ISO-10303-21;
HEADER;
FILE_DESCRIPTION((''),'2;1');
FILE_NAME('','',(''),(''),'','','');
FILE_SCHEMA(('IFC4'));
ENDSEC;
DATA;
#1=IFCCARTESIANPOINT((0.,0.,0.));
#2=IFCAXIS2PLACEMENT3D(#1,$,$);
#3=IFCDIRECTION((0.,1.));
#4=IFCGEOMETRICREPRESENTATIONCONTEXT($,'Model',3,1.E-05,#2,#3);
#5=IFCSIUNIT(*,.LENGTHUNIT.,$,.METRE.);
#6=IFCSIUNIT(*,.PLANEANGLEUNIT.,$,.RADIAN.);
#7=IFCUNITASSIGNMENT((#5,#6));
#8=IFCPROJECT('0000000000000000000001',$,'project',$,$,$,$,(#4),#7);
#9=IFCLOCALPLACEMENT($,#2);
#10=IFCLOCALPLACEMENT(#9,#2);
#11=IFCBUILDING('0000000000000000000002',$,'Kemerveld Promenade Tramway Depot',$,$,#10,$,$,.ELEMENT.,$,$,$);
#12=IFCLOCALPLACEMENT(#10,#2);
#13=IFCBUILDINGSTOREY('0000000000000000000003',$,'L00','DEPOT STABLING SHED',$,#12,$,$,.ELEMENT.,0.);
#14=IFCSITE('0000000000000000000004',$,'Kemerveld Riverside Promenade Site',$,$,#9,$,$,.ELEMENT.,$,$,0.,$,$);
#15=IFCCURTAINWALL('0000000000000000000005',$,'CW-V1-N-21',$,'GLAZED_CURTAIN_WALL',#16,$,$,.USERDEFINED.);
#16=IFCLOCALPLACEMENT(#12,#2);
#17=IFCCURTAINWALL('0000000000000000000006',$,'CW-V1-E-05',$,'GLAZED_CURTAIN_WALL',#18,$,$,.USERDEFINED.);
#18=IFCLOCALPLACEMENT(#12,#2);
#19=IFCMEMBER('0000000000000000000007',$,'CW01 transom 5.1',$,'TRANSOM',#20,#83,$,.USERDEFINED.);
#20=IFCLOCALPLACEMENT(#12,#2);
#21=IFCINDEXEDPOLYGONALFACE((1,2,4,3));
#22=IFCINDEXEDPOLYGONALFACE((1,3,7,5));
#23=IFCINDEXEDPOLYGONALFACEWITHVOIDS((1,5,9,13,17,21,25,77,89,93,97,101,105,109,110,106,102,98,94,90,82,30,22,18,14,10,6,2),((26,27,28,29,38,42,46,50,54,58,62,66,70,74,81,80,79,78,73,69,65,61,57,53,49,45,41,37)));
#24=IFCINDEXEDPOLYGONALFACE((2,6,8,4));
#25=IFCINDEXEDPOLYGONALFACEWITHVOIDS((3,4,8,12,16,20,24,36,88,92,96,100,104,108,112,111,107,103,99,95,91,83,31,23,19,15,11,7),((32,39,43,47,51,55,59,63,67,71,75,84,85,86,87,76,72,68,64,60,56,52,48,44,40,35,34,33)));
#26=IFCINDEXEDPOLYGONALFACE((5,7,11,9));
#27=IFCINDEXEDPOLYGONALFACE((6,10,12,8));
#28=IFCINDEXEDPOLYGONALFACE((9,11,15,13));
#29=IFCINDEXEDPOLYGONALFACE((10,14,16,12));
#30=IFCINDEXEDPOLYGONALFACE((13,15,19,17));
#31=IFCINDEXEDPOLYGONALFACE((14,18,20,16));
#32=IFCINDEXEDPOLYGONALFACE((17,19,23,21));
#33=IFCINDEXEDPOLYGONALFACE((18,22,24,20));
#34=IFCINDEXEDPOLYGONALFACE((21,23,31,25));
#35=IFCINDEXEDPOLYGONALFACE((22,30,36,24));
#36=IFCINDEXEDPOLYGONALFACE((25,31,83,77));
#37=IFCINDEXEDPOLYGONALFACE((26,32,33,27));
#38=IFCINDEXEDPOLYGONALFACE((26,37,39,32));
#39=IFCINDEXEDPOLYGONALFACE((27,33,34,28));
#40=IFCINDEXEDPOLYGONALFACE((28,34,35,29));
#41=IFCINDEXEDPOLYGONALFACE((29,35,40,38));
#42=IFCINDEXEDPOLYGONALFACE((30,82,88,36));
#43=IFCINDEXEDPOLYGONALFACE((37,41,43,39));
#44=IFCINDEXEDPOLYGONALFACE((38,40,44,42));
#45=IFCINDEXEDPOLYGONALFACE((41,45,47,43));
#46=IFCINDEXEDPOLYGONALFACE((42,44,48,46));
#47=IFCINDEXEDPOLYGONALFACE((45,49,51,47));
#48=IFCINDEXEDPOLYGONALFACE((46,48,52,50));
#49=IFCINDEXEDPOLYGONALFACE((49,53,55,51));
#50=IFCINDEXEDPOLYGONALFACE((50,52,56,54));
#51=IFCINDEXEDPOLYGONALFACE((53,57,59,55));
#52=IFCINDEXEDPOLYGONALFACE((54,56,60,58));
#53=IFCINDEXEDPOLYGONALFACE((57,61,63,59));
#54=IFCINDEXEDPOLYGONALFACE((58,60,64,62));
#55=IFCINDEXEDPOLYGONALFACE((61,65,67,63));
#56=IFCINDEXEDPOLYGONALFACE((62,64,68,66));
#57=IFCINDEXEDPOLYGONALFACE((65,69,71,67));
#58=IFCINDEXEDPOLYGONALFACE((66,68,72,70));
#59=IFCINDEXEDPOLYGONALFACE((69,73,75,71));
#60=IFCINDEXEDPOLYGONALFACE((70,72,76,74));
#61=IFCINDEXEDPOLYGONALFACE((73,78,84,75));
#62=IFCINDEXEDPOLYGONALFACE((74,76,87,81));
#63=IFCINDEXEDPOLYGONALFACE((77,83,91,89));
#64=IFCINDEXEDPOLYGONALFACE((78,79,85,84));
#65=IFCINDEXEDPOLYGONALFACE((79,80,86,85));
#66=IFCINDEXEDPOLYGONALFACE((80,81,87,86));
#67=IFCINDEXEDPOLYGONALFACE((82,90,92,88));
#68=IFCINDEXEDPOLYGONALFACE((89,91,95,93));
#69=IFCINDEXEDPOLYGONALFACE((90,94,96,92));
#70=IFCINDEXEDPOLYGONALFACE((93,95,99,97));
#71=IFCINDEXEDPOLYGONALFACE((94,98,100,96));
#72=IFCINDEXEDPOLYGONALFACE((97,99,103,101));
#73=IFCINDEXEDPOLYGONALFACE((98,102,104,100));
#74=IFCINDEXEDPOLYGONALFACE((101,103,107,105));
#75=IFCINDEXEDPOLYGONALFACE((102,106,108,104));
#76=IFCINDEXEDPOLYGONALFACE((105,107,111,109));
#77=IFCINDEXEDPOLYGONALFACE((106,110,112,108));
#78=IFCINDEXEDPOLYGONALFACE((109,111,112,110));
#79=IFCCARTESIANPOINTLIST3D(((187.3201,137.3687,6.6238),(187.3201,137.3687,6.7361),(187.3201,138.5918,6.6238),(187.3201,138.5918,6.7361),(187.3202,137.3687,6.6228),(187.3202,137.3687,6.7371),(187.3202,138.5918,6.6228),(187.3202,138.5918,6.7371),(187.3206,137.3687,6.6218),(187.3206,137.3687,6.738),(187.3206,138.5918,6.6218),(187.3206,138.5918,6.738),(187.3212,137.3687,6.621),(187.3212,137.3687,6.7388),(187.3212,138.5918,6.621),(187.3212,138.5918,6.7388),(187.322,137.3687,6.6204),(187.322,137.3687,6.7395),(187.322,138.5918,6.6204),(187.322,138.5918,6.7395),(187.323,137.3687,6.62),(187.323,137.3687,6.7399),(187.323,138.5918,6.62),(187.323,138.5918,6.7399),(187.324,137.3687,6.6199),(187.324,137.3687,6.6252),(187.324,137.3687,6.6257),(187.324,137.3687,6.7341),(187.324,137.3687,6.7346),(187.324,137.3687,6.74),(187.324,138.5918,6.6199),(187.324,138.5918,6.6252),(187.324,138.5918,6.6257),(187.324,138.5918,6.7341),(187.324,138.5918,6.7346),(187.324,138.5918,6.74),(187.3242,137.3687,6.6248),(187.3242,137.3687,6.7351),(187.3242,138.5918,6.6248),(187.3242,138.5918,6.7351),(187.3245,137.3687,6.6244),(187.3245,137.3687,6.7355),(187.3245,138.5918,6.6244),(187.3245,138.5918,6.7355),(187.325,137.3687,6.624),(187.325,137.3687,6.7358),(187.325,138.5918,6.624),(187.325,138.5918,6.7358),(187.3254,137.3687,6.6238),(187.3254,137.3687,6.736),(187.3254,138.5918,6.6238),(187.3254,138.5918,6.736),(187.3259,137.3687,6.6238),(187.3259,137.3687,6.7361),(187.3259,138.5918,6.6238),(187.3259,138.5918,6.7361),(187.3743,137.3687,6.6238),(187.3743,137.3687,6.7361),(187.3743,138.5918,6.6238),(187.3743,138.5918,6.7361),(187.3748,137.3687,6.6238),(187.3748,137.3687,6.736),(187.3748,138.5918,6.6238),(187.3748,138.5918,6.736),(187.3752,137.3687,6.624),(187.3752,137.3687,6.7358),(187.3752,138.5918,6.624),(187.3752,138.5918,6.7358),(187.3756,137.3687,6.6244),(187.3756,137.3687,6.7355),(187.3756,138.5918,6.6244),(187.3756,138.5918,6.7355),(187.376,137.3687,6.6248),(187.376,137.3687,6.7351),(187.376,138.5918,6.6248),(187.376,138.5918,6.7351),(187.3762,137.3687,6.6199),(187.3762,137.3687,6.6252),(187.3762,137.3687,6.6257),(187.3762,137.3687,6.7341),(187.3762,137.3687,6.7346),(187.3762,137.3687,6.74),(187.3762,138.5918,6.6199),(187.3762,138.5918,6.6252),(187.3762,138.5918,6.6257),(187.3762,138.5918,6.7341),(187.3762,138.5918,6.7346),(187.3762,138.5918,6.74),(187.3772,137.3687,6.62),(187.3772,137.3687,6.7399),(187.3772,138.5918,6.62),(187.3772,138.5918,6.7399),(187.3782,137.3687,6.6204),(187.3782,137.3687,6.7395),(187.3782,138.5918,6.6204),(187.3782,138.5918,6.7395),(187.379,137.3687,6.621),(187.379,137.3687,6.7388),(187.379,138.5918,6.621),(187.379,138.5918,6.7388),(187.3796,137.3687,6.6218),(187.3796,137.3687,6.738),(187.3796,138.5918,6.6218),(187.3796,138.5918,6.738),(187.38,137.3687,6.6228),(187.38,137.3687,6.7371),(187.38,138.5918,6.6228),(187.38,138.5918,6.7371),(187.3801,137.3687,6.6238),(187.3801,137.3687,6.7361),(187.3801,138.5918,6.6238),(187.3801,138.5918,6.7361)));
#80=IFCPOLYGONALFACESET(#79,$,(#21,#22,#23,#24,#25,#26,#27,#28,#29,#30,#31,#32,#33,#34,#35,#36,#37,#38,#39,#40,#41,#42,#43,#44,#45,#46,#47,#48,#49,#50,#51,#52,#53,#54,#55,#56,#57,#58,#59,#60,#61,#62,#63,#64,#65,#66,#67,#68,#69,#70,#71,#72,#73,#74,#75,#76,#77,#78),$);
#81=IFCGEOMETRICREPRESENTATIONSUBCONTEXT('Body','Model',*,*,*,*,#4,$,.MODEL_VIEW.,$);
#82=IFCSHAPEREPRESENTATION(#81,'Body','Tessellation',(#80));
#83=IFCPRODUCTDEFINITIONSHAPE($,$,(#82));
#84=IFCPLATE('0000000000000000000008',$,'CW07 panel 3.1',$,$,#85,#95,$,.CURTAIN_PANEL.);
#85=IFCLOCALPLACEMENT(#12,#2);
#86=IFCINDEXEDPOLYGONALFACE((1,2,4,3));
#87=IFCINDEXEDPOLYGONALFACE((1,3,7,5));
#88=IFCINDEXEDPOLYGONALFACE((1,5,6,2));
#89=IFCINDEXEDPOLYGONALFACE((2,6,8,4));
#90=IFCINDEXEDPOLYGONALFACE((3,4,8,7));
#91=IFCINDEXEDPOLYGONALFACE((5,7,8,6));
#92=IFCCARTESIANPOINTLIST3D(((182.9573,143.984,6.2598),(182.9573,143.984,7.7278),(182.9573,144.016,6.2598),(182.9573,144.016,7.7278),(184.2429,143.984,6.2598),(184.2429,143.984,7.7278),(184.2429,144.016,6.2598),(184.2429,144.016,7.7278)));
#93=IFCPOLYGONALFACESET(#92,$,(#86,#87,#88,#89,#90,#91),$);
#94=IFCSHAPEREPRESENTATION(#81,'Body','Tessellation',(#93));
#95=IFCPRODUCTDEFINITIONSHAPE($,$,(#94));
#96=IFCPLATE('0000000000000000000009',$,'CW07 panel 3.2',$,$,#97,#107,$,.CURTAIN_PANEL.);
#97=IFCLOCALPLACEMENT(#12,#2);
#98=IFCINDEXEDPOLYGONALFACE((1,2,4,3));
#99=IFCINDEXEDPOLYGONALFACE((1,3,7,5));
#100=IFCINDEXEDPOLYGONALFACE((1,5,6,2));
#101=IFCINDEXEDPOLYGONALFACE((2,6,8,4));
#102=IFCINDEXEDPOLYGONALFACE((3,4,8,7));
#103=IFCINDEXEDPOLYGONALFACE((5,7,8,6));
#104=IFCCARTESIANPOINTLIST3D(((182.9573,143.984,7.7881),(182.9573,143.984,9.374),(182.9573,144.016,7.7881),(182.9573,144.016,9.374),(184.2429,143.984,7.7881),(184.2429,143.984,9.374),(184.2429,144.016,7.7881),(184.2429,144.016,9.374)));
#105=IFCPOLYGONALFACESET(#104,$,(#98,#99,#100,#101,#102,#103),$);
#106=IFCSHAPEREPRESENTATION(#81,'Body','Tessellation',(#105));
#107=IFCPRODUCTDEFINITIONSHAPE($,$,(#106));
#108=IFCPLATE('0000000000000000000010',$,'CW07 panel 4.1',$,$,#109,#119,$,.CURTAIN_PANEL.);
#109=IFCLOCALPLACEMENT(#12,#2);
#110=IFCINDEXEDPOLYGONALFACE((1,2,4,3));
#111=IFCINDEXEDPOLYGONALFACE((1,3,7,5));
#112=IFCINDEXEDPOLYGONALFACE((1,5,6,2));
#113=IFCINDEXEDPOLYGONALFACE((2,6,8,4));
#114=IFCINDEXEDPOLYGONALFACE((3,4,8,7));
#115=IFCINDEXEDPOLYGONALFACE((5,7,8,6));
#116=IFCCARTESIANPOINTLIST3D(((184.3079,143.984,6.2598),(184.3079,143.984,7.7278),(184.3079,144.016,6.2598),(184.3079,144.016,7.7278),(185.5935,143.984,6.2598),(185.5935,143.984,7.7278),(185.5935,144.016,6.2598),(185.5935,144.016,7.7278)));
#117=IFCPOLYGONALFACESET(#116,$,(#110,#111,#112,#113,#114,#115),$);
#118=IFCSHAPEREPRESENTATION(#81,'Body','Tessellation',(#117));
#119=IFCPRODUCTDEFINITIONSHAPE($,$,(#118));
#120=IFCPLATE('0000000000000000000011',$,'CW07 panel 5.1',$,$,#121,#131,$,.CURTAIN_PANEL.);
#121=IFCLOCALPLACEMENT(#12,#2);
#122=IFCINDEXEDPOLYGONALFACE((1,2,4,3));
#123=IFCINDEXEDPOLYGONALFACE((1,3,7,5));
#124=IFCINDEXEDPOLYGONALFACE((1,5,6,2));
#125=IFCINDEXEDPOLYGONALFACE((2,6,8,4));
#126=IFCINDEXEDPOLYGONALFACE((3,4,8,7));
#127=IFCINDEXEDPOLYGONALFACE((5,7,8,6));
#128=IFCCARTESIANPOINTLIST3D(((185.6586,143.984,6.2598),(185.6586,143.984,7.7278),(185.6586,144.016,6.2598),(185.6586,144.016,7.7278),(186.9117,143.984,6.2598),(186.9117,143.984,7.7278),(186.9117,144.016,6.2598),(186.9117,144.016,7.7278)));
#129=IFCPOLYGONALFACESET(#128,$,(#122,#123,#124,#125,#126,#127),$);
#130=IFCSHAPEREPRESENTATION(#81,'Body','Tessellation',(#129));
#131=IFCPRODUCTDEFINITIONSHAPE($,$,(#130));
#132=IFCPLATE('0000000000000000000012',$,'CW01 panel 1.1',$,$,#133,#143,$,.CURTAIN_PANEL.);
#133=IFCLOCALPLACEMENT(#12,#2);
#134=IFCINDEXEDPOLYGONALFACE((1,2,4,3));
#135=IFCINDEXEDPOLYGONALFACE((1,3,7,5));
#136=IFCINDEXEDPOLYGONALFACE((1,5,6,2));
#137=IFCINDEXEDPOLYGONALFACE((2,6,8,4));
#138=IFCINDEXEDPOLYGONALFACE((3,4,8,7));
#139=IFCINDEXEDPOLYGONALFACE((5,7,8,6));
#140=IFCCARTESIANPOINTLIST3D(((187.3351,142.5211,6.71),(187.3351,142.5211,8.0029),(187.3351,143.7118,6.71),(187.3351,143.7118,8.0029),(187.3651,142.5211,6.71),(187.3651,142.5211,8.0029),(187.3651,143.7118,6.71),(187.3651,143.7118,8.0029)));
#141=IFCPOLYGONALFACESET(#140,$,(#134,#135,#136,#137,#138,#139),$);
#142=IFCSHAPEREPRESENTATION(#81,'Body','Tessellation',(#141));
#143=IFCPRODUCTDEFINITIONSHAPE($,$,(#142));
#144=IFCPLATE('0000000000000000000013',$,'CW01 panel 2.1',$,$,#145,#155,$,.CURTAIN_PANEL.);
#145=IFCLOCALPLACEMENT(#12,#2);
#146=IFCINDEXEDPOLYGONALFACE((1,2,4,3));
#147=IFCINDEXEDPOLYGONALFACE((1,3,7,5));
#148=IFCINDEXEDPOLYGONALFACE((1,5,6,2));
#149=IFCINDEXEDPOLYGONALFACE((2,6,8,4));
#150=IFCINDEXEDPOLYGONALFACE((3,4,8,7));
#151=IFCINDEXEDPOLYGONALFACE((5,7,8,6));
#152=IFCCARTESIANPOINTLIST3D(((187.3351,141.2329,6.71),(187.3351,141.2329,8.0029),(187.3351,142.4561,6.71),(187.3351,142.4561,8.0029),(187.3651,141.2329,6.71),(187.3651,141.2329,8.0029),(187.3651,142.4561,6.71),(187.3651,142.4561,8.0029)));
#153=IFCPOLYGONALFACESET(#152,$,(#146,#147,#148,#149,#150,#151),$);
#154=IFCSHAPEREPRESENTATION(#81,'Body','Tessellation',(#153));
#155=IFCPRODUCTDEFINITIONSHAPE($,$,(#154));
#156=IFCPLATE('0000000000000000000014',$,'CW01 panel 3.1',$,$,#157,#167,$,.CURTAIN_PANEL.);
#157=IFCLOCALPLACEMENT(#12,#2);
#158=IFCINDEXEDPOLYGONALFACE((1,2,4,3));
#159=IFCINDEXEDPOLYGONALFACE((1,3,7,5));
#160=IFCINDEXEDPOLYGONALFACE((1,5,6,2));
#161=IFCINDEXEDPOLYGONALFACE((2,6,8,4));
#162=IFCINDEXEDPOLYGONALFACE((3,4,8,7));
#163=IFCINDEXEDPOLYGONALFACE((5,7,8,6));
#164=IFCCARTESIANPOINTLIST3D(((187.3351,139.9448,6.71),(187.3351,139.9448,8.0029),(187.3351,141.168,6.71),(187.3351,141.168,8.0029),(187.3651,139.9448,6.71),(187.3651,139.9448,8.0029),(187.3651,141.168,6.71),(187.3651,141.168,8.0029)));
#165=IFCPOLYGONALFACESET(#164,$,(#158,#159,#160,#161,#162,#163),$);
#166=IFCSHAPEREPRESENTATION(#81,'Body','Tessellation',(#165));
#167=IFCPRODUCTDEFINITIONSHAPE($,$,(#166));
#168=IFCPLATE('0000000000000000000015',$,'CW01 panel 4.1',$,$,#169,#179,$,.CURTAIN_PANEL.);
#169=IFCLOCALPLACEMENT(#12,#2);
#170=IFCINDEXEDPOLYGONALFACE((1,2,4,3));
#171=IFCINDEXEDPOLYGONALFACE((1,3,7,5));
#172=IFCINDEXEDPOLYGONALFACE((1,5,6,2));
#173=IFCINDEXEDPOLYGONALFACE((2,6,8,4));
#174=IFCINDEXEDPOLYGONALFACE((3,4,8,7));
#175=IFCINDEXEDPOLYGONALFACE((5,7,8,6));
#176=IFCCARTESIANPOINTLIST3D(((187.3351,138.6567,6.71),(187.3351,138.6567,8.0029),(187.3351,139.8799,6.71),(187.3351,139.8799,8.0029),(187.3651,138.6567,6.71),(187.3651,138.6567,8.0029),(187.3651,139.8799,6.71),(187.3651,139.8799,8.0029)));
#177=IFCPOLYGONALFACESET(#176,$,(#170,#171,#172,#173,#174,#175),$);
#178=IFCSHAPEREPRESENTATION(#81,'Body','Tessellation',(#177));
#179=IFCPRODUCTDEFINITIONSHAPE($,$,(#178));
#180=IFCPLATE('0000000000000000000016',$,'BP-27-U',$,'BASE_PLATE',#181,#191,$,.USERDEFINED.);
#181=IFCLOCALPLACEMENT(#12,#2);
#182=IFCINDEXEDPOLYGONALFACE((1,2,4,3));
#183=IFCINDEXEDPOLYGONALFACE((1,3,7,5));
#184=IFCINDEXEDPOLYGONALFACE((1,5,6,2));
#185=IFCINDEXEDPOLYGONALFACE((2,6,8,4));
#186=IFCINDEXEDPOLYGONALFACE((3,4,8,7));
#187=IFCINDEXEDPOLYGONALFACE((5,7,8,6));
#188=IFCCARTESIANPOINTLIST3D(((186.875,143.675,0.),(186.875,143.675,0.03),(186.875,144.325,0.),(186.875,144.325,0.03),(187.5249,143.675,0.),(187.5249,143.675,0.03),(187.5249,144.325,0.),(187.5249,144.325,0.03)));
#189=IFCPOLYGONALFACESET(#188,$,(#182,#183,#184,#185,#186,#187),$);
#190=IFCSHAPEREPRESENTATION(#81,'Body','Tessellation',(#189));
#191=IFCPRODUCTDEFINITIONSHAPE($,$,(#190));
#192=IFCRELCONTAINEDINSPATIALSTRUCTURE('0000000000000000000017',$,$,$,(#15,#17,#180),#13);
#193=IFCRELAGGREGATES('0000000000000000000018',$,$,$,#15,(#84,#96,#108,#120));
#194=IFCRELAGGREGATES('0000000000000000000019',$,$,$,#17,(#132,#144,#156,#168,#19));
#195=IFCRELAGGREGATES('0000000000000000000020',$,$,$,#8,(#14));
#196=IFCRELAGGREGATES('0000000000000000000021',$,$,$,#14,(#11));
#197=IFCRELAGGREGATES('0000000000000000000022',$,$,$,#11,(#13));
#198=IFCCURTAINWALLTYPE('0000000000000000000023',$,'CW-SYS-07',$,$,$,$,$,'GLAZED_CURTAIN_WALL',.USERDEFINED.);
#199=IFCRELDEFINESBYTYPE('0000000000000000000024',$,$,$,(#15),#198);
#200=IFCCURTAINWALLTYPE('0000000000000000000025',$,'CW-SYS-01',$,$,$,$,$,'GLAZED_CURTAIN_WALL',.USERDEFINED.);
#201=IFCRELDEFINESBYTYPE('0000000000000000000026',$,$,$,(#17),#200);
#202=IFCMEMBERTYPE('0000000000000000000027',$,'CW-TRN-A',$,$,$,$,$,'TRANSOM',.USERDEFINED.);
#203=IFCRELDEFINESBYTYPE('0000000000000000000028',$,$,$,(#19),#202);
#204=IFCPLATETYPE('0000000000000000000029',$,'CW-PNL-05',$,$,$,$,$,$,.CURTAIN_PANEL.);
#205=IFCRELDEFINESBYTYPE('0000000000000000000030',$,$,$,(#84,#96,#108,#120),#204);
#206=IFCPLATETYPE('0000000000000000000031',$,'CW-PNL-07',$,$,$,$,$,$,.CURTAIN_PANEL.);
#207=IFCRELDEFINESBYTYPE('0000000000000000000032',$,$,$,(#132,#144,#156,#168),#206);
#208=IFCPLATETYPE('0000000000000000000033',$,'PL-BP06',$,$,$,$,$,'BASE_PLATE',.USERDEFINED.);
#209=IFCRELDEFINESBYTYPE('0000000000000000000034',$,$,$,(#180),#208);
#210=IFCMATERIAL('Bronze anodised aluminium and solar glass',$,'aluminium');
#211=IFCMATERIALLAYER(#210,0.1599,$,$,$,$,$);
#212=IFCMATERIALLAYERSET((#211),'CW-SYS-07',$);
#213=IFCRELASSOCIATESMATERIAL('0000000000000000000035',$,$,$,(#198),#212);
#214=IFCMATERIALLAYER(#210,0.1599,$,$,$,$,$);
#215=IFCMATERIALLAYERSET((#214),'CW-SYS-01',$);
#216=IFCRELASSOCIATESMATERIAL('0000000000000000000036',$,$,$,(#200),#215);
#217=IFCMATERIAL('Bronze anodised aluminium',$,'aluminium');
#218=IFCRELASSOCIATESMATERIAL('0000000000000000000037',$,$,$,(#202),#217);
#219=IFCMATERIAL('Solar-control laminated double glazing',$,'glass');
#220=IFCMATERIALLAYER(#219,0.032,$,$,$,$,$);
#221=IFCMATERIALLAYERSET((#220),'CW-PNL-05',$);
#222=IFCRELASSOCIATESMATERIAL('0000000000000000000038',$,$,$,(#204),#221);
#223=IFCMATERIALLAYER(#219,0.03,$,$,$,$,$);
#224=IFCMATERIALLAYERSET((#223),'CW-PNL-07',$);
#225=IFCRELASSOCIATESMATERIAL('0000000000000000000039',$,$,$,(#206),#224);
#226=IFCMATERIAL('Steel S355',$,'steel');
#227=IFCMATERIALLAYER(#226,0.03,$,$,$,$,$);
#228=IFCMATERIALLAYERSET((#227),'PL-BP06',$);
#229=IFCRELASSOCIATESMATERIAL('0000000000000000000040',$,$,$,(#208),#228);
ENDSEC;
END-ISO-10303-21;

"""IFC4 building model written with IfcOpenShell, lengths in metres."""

from ifc_helpers import new_model, si_unit, direction, frame, origin, origin_2d, place, context, subcontext, project, spatial, rectangle, hollow_rectangle, extrude, material, layer, layer_set, material_profile, profile_set, type_object, element, aggregate, save


model = new_model("IFC4")

# Units and contexts
model_context = context("Model", 3, precision=1e-05, world=origin(), true_north=direction((0.0, 1.0)))
body_context = subcontext(model_context, "Body", "Model", "MODEL_VIEW")
ifc_project = project(units=[si_unit("LENGTHUNIT", "METRE"), si_unit("PLANEANGLEUNIT", "RADIAN")], contexts=[model_context])

# Site, building, storey
site_placement = place(None, origin())
site = spatial("IfcSite", under=ifc_project, at=site_placement, Name="Kemerveld Riverside Promenade Site", CompositionType="ELEMENT", RefElevation=0.0)
building_placement = place(site_placement, origin())
building = spatial("IfcBuilding", under=site, at=building_placement, Name="Kemerveld Promenade Tramway Depot", CompositionType="ELEMENT")
storey_placement = place(building_placement, origin())
storey = spatial("IfcBuildingStorey", under=building, at=storey_placement, Name="L00", Description="DEPOT STABLING SHED", CompositionType="ELEMENT", Elevation=0.0)

# Shared definitions
ifc_material_1 = material(Name="Steel S355", Category="steel")

# Curtain walls
ifc_material_2 = material(Name="Bronze anodised aluminium and solar glass", Category="aluminium")
ifc_layer_1 = layer(ifc_material_2, 0.1599)
ifc_layer_set_1 = layer_set([ifc_layer_1], Name="CW-SYS-07")
curtain_wall_type_1 = type_object("IfcCurtainWallType", Name="CW-SYS-07", ElementType="GLAZED_CURTAIN_WALL", PredefinedType="USERDEFINED", material=ifc_layer_set_1)
curtain_wall_1_placement = place(storey_placement, origin())
curtain_wall_1 = element("IfcCurtainWall", 1, at=curtain_wall_1_placement, inside=storey, type_object=curtain_wall_type_1, Name="CW-V1-N-21", ObjectType="GLAZED_CURTAIN_WALL", PredefinedType="USERDEFINED")
ifc_material_3 = material(Name="Bronze anodised aluminium", Category="aluminium")
ifc_layer_2 = layer(ifc_material_2, 0.1599)
ifc_layer_set_2 = layer_set([ifc_layer_2], Name="CW-SYS-01")
curtain_wall_type_2 = type_object("IfcCurtainWallType", Name="CW-SYS-01", ElementType="GLAZED_CURTAIN_WALL", PredefinedType="USERDEFINED", material=ifc_layer_set_2)
curtain_wall_2_placement = place(storey_placement, origin())
curtain_wall_2 = element("IfcCurtainWall", 2, at=curtain_wall_2_placement, inside=storey, type_object=curtain_wall_type_2, Name="CW-V1-E-05", ObjectType="GLAZED_CURTAIN_WALL", PredefinedType="USERDEFINED")

# Member
ifc_material_profile_1 = material_profile(ifc_material_3, hollow_rectangle(XDim=0.0601, YDim=0.1201, WallThickness=0.0039, InnerFilletRadius=0.002, OuterFilletRadius=0.0039, at=origin_2d()), Name="CW-TRN-120x60")
ifc_profile_set_1 = profile_set([ifc_material_profile_1], Name="Bronze anodised aluminium")
member_type_1 = type_object("IfcMemberType", Name="CW-TRN-A", ElementType="TRANSOM", PredefinedType="USERDEFINED", material=ifc_profile_set_1)
member_1_placement = place(storey_placement, frame((187.3501, 138.5918, 6.6799), z_axis=(0.0, -1.0, 0.0), x_axis=(1.0, 0.0, 0.0)))
member_1 = element("IfcMember", 3, at=member_1_placement, type_object=member_type_1, Name="CW01 transom 5.1", ObjectType="TRANSOM", PredefinedType="USERDEFINED", context=body_context, shape_type="SweptSolid", body=[
    extrude(hollow_rectangle(XDim=0.0601, YDim=0.1201, WallThickness=0.0039, InnerFilletRadius=0.002, OuterFilletRadius=0.0039, at=origin_2d()), origin(), (0.0, 0.0, 1.0), 1.2231),
])

# Plates
ifc_material_4 = material(Name="Solar-control laminated double glazing", Category="glass")
ifc_layer_3 = layer(ifc_material_4, 0.032)
ifc_layer_set_3 = layer_set([ifc_layer_3], Name="CW-PNL-05")
plate_type_1 = type_object("IfcPlateType", Name="CW-PNL-05", PredefinedType="CURTAIN_PANEL", material=ifc_layer_set_3)
plate_1_placement = place(storey_placement, frame((183.6001, 144.0, 6.2598), z_axis=(0.0, 0.0, 1.0), x_axis=(1.0, 0.0, 0.0)))
plate_1 = element("IfcPlate", 4, at=plate_1_placement, type_object=plate_type_1, Name="CW07 panel 3.1", PredefinedType="CURTAIN_PANEL", context=body_context, shape_type="SweptSolid", body=[
    extrude(rectangle(XDim=1.2856, YDim=0.032, at=origin_2d()), origin(), (0.0, 0.0, 1.0), 1.468),
])
plate_2_placement = place(storey_placement, frame((183.6001, 144.0, 7.7881), z_axis=(0.0, 0.0, 1.0), x_axis=(1.0, 0.0, 0.0)))
plate_2 = element("IfcPlate", 5, at=plate_2_placement, type_object=plate_type_1, Name="CW07 panel 3.2", PredefinedType="CURTAIN_PANEL", context=body_context, shape_type="SweptSolid", body=[
    extrude(rectangle(XDim=1.2856, YDim=0.032, at=origin_2d()), origin(), (0.0, 0.0, 1.0), 1.5859),
])
plate_3_placement = place(storey_placement, frame((184.9507, 144.0, 6.2598), z_axis=(0.0, 0.0, 1.0), x_axis=(1.0, 0.0, 0.0)))
plate_3 = element("IfcPlate", 6, at=plate_3_placement, type_object=plate_type_1, Name="CW07 panel 4.1", PredefinedType="CURTAIN_PANEL", context=body_context, shape_type="SweptSolid", body=[
    extrude(rectangle(XDim=1.2856, YDim=0.032, at=origin_2d()), origin(), (0.0, 0.0, 1.0), 1.468),
])
plate_4_placement = place(storey_placement, frame((186.2852, 144.0, 6.2598), z_axis=(0.0, 0.0, 1.0), x_axis=(1.0, 0.0, 0.0)))
plate_4 = element("IfcPlate", 7, at=plate_4_placement, type_object=plate_type_1, Name="CW07 panel 5.1", PredefinedType="CURTAIN_PANEL", context=body_context, shape_type="SweptSolid", body=[
    extrude(rectangle(XDim=1.2532, YDim=0.032, at=origin_2d()), origin(), (0.0, 0.0, 1.0), 1.468),
])
aggregate(curtain_wall_1, [plate_1, plate_2, plate_3, plate_4])
ifc_layer_4 = layer(ifc_material_4, 0.03)
ifc_layer_set_4 = layer_set([ifc_layer_4], Name="CW-PNL-07")
plate_type_2 = type_object("IfcPlateType", Name="CW-PNL-07", PredefinedType="CURTAIN_PANEL", material=ifc_layer_set_4)
plate_5_placement = place(storey_placement, frame((187.3501, 143.1165, 6.71), z_axis=(0.0, 0.0, 1.0), x_axis=(0.0, -1.0, 0.0)))
plate_5 = element("IfcPlate", 8, at=plate_5_placement, type_object=plate_type_2, Name="CW01 panel 1.1", PredefinedType="CURTAIN_PANEL", context=body_context, shape_type="SweptSolid", body=[
    extrude(rectangle(XDim=1.1907, YDim=0.03, at=origin_2d()), origin(), (0.0, 0.0, 1.0), 1.293),
])
plate_6_placement = place(storey_placement, frame((187.3501, 141.8445, 6.71), z_axis=(0.0, 0.0, 1.0), x_axis=(0.0, -1.0, 0.0)))
plate_6 = element("IfcPlate", 9, at=plate_6_placement, type_object=plate_type_2, Name="CW01 panel 2.1", PredefinedType="CURTAIN_PANEL", context=body_context, shape_type="SweptSolid", body=[
    extrude(rectangle(XDim=1.2231, YDim=0.03, at=origin_2d()), origin(), (0.0, 0.0, 1.0), 1.293),
])
plate_7_placement = place(storey_placement, frame((187.3501, 140.5564, 6.71), z_axis=(0.0, 0.0, 1.0), x_axis=(0.0, -1.0, 0.0)))
plate_7 = element("IfcPlate", 10, at=plate_7_placement, type_object=plate_type_2, Name="CW01 panel 3.1", PredefinedType="CURTAIN_PANEL", context=body_context, shape_type="SweptSolid", body=[
    extrude(rectangle(XDim=1.2231, YDim=0.03, at=origin_2d()), origin(), (0.0, 0.0, 1.0), 1.293),
])
plate_8_placement = place(storey_placement, frame((187.3501, 139.2683, 6.71), z_axis=(0.0, 0.0, 1.0), x_axis=(0.0, -1.0, 0.0)))
plate_8 = element("IfcPlate", 11, at=plate_8_placement, type_object=plate_type_2, Name="CW01 panel 4.1", PredefinedType="CURTAIN_PANEL", context=body_context, shape_type="SweptSolid", body=[
    extrude(rectangle(XDim=1.2231, YDim=0.03, at=origin_2d()), origin(), (0.0, 0.0, 1.0), 1.293),
])
aggregate(curtain_wall_2, [plate_5, plate_6, plate_7, plate_8, member_1])

# Plate
ifc_layer_5 = layer(ifc_material_1, 0.03)
ifc_layer_set_5 = layer_set([ifc_layer_5], Name="PL-BP06")
plate_type_3 = type_object("IfcPlateType", Name="PL-BP06", ElementType="BASE_PLATE", PredefinedType="USERDEFINED", material=ifc_layer_set_5)
plate_9_placement = place(storey_placement, frame((187.2, 144.0, 0.0), z_axis=(0.0, 0.0, 1.0), x_axis=(1.0, 0.0, 0.0)))
element("IfcPlate", 12, at=plate_9_placement, inside=storey, type_object=plate_type_3, Name="BP-27-U", ObjectType="BASE_PLATE", PredefinedType="USERDEFINED", context=body_context, shape_type="SweptSolid", body=[
    extrude(rectangle(XDim=0.6499, YDim=0.6499, at=origin_2d()), origin(), (0.0, 0.0, 1.0), 0.03),
])

save(model, "model.ifc")
